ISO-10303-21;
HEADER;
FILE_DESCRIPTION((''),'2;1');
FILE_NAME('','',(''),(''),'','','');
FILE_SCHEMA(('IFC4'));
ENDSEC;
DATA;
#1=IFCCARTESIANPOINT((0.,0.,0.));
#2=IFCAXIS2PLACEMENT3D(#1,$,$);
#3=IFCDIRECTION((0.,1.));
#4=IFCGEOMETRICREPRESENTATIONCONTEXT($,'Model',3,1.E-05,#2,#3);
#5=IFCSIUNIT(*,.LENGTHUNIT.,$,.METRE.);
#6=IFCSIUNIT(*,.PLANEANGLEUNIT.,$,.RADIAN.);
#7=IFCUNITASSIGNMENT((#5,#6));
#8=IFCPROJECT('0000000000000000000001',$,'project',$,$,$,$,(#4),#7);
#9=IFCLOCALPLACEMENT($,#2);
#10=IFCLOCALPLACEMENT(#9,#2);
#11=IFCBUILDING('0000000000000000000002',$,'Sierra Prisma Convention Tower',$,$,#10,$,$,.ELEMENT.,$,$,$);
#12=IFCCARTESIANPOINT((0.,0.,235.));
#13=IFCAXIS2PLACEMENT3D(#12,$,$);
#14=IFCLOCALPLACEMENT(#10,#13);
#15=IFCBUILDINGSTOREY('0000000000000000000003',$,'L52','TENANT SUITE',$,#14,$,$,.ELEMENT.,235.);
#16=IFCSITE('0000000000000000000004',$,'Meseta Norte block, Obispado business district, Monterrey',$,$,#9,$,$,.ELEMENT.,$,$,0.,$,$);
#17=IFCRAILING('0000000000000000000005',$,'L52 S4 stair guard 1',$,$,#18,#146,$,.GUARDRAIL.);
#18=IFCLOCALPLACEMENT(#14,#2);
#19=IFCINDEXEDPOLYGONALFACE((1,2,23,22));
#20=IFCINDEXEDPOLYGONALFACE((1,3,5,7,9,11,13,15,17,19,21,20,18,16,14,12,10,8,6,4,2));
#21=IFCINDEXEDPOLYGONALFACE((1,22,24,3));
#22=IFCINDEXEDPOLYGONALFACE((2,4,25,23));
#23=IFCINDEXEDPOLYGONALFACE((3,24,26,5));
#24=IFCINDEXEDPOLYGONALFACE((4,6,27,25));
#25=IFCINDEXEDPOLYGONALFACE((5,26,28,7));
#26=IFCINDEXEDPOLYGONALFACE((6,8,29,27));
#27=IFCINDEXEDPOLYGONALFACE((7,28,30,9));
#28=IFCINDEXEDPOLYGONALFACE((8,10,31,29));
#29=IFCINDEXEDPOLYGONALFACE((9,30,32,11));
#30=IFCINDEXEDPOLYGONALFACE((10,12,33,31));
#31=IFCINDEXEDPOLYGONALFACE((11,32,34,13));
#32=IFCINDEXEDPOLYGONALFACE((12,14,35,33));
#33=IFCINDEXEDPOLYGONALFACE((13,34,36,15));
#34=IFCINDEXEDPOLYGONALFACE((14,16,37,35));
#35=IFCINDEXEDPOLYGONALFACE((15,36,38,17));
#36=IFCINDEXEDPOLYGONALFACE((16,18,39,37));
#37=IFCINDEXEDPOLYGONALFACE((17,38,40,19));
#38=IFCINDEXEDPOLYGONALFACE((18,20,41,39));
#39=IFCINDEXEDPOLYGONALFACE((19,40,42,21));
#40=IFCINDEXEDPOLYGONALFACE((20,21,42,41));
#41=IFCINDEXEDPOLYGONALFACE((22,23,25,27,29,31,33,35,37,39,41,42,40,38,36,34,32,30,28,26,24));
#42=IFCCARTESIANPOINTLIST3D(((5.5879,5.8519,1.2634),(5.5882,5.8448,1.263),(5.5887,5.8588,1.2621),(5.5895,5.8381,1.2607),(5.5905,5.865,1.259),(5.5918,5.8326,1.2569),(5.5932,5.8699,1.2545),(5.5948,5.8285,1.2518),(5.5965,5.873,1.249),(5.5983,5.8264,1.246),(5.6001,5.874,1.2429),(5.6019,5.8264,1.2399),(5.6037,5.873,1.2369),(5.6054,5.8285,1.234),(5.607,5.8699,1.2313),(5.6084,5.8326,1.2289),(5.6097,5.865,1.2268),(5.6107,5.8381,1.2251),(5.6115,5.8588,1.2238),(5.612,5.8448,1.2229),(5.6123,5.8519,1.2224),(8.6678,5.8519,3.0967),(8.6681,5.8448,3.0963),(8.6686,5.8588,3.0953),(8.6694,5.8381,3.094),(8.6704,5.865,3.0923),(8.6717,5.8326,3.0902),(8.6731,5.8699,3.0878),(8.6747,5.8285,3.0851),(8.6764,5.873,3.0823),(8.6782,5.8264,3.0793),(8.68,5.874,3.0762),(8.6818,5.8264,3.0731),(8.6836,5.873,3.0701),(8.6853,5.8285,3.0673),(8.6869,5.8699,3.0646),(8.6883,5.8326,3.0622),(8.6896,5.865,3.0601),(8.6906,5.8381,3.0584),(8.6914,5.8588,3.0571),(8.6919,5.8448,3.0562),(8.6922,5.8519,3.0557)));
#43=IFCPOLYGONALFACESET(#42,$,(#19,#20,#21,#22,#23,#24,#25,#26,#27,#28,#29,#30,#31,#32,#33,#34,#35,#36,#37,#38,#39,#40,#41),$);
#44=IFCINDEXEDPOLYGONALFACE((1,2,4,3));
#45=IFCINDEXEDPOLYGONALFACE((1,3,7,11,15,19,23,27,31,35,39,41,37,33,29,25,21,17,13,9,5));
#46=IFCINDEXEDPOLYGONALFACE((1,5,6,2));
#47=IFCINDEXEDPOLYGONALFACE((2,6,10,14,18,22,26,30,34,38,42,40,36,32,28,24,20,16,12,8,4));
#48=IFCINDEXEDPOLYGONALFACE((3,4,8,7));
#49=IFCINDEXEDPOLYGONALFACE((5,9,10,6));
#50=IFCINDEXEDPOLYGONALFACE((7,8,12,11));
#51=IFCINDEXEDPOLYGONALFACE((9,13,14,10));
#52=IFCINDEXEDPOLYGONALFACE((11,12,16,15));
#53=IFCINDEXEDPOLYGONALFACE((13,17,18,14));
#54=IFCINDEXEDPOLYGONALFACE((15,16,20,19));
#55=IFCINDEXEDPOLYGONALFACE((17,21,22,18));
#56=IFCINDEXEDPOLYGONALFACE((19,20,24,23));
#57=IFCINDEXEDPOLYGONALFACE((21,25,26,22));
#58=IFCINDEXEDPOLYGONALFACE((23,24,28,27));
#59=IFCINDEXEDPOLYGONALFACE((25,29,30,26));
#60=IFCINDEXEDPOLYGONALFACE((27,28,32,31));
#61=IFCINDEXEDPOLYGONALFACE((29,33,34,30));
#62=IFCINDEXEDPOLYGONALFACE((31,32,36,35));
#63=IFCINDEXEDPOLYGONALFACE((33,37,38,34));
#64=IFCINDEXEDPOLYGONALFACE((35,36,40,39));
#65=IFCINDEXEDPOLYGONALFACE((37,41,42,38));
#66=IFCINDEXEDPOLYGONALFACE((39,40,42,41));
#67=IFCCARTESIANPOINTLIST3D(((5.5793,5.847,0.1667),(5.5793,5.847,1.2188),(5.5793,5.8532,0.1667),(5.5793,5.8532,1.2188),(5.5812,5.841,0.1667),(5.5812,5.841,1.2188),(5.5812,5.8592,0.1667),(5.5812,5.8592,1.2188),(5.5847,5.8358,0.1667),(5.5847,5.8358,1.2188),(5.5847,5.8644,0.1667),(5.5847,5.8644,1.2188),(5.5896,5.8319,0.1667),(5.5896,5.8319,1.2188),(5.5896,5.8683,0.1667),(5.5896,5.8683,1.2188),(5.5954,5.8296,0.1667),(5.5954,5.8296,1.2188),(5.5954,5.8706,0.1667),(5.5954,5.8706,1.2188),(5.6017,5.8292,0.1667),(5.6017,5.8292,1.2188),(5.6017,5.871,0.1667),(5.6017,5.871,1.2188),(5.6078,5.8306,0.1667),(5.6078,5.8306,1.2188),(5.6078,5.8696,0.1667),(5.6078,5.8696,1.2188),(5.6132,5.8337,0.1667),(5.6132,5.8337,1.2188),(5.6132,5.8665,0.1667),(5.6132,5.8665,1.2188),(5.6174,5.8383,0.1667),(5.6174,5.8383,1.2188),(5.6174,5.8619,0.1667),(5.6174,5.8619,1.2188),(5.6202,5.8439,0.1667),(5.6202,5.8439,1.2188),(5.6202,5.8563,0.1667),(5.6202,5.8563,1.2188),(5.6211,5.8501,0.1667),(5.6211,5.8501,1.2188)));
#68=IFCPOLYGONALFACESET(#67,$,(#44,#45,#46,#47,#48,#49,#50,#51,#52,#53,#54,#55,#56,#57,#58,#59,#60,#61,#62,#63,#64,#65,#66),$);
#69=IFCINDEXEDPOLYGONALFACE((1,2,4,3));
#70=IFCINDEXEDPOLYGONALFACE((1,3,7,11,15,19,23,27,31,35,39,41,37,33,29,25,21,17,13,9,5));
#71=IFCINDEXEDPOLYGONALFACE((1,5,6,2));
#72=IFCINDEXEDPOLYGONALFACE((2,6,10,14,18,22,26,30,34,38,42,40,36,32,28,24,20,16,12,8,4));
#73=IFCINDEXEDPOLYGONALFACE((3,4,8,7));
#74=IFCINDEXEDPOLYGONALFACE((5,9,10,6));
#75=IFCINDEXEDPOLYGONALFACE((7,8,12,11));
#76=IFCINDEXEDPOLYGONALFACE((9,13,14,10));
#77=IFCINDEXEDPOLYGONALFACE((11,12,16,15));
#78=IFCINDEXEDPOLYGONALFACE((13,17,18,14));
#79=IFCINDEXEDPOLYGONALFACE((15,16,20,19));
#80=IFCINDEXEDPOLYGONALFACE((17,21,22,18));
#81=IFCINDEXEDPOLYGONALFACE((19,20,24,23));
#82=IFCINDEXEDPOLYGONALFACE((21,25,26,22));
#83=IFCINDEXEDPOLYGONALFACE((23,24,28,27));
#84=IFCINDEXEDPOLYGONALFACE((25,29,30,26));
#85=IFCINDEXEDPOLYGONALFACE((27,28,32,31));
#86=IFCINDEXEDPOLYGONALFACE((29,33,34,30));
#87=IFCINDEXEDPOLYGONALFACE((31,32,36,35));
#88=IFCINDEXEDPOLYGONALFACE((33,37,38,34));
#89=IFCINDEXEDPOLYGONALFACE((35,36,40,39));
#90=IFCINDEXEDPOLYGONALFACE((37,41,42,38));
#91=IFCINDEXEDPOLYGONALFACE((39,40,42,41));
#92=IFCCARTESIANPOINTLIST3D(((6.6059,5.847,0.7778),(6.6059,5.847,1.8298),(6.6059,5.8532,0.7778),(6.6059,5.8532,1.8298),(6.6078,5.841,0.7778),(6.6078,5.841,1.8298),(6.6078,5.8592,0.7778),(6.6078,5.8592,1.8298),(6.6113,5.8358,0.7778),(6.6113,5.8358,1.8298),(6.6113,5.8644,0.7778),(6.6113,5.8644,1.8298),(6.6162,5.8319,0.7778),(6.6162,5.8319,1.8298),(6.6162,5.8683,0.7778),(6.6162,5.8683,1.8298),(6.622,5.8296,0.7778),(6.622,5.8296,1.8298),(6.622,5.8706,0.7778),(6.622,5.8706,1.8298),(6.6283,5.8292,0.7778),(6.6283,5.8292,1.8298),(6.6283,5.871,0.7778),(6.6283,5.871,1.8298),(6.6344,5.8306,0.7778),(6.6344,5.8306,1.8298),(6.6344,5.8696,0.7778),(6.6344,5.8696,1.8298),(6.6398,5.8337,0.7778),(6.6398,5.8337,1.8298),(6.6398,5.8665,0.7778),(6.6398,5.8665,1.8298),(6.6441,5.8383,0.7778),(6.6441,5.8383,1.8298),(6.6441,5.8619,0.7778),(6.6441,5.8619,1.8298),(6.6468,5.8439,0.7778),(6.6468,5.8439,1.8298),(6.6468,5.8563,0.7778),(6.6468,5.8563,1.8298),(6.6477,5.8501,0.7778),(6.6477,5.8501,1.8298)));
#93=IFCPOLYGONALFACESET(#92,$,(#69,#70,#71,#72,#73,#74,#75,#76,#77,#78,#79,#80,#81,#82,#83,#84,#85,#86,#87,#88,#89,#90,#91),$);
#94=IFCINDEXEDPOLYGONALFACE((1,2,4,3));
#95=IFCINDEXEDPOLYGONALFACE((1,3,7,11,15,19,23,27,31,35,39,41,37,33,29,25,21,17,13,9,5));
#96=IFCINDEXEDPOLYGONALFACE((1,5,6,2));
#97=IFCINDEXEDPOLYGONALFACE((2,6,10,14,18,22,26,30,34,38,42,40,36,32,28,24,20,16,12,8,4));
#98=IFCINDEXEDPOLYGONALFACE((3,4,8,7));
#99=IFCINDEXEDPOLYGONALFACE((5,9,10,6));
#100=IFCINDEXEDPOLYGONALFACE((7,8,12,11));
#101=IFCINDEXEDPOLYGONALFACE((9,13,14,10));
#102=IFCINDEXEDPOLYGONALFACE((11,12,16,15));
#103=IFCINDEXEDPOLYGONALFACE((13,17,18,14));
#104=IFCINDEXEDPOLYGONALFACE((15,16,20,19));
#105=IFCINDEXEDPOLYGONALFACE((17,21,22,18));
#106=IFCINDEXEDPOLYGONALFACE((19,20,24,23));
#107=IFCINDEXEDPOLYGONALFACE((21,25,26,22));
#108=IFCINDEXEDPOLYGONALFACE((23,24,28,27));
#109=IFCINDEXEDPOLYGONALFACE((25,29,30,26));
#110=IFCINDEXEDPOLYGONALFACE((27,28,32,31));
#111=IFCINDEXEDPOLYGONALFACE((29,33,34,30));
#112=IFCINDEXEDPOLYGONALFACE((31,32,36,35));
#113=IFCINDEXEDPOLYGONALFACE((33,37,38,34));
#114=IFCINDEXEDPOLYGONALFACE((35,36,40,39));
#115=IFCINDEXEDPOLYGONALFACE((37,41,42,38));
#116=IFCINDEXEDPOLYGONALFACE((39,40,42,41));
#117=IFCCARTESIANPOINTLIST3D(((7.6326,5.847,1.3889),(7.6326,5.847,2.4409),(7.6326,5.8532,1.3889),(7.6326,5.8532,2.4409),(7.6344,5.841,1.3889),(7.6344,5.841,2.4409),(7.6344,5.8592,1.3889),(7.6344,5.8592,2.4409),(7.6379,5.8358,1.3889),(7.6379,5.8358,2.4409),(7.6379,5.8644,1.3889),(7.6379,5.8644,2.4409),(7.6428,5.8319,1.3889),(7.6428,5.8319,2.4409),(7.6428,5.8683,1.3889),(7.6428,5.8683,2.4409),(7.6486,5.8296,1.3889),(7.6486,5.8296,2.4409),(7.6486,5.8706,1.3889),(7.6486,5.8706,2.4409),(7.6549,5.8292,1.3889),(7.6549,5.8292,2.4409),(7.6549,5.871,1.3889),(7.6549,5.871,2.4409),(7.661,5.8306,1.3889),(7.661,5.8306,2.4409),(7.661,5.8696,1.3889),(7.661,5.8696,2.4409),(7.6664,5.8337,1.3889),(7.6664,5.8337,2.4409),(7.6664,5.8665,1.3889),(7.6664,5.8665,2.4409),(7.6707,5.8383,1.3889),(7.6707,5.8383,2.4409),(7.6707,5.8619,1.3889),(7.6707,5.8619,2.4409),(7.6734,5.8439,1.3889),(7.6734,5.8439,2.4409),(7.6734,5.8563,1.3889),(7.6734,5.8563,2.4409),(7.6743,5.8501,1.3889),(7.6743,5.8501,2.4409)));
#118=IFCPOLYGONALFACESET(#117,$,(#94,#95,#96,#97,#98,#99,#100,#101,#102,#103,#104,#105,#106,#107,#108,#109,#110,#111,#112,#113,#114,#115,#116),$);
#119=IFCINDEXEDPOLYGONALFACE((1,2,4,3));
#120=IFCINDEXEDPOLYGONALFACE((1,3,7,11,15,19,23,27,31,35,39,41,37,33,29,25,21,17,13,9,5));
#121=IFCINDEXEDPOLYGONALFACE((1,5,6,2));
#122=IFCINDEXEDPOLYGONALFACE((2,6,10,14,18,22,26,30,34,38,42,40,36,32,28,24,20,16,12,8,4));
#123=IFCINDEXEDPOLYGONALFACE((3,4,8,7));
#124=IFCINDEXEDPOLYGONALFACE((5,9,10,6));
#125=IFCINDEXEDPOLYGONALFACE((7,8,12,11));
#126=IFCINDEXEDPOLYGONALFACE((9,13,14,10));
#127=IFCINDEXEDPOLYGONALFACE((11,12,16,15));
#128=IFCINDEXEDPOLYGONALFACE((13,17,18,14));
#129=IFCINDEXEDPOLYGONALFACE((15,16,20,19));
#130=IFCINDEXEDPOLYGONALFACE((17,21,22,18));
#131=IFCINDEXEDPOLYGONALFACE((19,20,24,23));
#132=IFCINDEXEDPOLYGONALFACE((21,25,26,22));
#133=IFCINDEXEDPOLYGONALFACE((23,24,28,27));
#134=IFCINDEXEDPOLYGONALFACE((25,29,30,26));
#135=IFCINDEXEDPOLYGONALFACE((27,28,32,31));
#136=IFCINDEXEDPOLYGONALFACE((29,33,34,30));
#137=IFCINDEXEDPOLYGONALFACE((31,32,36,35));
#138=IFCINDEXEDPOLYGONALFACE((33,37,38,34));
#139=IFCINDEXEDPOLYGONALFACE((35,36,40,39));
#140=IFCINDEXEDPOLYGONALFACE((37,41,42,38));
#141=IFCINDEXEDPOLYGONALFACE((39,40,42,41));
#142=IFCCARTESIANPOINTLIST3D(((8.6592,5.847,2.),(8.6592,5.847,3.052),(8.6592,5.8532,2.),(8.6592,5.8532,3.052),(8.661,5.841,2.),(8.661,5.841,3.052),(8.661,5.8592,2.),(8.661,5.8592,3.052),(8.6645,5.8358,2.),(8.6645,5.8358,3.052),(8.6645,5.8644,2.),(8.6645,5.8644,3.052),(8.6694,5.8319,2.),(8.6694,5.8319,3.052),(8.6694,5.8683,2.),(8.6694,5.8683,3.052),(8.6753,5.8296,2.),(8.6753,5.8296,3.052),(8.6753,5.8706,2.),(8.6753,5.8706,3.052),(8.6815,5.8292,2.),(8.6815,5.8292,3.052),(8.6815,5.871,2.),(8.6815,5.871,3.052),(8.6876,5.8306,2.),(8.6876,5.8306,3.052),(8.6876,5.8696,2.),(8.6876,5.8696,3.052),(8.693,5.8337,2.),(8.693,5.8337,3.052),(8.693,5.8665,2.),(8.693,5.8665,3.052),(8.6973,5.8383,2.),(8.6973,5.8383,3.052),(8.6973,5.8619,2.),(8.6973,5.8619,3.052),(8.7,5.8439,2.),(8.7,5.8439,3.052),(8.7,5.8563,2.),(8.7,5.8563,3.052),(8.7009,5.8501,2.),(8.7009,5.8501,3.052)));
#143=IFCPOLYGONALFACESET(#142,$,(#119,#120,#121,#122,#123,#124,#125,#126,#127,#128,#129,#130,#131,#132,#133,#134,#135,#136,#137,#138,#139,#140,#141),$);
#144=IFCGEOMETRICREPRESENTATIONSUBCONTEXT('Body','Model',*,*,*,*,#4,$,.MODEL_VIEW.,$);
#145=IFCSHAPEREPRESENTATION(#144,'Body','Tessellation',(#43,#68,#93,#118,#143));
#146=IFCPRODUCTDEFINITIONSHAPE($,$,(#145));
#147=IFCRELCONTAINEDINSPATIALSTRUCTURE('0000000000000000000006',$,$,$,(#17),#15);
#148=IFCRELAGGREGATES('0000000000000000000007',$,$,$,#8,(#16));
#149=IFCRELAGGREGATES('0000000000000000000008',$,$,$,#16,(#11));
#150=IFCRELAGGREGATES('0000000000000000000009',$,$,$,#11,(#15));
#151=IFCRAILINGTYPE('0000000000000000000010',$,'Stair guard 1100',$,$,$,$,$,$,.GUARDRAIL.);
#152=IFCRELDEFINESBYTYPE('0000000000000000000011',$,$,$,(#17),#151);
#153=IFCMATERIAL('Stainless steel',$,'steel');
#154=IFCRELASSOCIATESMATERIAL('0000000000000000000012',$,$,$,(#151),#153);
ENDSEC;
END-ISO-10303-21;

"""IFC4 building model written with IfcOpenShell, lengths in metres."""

from ifc_helpers import new_model, si_unit, direction, frame, origin, origin_2d, place, context, subcontext, project, spatial, circle, extrude, material, type_object, element, save


model = new_model("IFC4")

# Units and contexts
model_context = context("Model", 3, precision=1e-05, world=origin(), true_north=direction((0.0, 1.0)))
body_context = subcontext(model_context, "Body", "Model", "MODEL_VIEW")
ifc_project = project(units=[si_unit("LENGTHUNIT", "METRE"), si_unit("PLANEANGLEUNIT", "RADIAN")], contexts=[model_context])

# Site, building, storey
site_placement = place(None, origin())
site = spatial("IfcSite", under=ifc_project, at=site_placement, Name="Meseta Norte block, Obispado business district, Monterrey", CompositionType="ELEMENT", RefElevation=0.0)
building_placement = place(site_placement, origin())
building = spatial("IfcBuilding", under=site, at=building_placement, Name="Sierra Prisma Convention Tower", CompositionType="ELEMENT")
storey_placement = place(building_placement, frame((0.0, 0.0, 235.0)))
storey = spatial("IfcBuildingStorey", under=building, at=storey_placement, Name="L52", Description="TENANT SUITE", CompositionType="ELEMENT", Elevation=235.0)

# Railing
ifc_material_1 = material(Name="Stainless steel", Category="steel")
railing_type_1 = type_object("IfcRailingType", Name="Stair guard 1100", PredefinedType="GUARDRAIL", material=ifc_material_1)
railing_1_placement = place(storey_placement, frame((5.6001, 5.8501, 0.1667)))
element("IfcRailing", 1, at=railing_1_placement, inside=storey, type_object=railing_type_1, Name="L52 S4 stair guard 1", PredefinedType="GUARDRAIL", context=body_context, shape_type="SweptSolid", body=[
    extrude(circle(Radius=0.0239, at=origin_2d()), frame((0.0, 0.0, 1.0762), z_axis=(0.859291, 0.0, 0.511487), x_axis=(0.0, 1.0, 0.0)), (0.0, 0.0, 1.0), 3.5842),
    extrude(circle(Radius=0.021, at=origin_2d()), origin(), (0.0, 0.0, 1.0), 1.052),
    extrude(circle(Radius=0.021, at=origin_2d()), frame((1.0266, 0.0, 0.6111)), (0.0, 0.0, 1.0), 1.052),
    extrude(circle(Radius=0.021, at=origin_2d()), frame((2.0532, 0.0, 1.2222)), (0.0, 0.0, 1.0), 1.052),
    extrude(circle(Radius=0.021, at=origin_2d()), frame((3.0798, 0.0, 1.8333)), (0.0, 0.0, 1.0), 1.052),
])

save(model, "model.ifc")
